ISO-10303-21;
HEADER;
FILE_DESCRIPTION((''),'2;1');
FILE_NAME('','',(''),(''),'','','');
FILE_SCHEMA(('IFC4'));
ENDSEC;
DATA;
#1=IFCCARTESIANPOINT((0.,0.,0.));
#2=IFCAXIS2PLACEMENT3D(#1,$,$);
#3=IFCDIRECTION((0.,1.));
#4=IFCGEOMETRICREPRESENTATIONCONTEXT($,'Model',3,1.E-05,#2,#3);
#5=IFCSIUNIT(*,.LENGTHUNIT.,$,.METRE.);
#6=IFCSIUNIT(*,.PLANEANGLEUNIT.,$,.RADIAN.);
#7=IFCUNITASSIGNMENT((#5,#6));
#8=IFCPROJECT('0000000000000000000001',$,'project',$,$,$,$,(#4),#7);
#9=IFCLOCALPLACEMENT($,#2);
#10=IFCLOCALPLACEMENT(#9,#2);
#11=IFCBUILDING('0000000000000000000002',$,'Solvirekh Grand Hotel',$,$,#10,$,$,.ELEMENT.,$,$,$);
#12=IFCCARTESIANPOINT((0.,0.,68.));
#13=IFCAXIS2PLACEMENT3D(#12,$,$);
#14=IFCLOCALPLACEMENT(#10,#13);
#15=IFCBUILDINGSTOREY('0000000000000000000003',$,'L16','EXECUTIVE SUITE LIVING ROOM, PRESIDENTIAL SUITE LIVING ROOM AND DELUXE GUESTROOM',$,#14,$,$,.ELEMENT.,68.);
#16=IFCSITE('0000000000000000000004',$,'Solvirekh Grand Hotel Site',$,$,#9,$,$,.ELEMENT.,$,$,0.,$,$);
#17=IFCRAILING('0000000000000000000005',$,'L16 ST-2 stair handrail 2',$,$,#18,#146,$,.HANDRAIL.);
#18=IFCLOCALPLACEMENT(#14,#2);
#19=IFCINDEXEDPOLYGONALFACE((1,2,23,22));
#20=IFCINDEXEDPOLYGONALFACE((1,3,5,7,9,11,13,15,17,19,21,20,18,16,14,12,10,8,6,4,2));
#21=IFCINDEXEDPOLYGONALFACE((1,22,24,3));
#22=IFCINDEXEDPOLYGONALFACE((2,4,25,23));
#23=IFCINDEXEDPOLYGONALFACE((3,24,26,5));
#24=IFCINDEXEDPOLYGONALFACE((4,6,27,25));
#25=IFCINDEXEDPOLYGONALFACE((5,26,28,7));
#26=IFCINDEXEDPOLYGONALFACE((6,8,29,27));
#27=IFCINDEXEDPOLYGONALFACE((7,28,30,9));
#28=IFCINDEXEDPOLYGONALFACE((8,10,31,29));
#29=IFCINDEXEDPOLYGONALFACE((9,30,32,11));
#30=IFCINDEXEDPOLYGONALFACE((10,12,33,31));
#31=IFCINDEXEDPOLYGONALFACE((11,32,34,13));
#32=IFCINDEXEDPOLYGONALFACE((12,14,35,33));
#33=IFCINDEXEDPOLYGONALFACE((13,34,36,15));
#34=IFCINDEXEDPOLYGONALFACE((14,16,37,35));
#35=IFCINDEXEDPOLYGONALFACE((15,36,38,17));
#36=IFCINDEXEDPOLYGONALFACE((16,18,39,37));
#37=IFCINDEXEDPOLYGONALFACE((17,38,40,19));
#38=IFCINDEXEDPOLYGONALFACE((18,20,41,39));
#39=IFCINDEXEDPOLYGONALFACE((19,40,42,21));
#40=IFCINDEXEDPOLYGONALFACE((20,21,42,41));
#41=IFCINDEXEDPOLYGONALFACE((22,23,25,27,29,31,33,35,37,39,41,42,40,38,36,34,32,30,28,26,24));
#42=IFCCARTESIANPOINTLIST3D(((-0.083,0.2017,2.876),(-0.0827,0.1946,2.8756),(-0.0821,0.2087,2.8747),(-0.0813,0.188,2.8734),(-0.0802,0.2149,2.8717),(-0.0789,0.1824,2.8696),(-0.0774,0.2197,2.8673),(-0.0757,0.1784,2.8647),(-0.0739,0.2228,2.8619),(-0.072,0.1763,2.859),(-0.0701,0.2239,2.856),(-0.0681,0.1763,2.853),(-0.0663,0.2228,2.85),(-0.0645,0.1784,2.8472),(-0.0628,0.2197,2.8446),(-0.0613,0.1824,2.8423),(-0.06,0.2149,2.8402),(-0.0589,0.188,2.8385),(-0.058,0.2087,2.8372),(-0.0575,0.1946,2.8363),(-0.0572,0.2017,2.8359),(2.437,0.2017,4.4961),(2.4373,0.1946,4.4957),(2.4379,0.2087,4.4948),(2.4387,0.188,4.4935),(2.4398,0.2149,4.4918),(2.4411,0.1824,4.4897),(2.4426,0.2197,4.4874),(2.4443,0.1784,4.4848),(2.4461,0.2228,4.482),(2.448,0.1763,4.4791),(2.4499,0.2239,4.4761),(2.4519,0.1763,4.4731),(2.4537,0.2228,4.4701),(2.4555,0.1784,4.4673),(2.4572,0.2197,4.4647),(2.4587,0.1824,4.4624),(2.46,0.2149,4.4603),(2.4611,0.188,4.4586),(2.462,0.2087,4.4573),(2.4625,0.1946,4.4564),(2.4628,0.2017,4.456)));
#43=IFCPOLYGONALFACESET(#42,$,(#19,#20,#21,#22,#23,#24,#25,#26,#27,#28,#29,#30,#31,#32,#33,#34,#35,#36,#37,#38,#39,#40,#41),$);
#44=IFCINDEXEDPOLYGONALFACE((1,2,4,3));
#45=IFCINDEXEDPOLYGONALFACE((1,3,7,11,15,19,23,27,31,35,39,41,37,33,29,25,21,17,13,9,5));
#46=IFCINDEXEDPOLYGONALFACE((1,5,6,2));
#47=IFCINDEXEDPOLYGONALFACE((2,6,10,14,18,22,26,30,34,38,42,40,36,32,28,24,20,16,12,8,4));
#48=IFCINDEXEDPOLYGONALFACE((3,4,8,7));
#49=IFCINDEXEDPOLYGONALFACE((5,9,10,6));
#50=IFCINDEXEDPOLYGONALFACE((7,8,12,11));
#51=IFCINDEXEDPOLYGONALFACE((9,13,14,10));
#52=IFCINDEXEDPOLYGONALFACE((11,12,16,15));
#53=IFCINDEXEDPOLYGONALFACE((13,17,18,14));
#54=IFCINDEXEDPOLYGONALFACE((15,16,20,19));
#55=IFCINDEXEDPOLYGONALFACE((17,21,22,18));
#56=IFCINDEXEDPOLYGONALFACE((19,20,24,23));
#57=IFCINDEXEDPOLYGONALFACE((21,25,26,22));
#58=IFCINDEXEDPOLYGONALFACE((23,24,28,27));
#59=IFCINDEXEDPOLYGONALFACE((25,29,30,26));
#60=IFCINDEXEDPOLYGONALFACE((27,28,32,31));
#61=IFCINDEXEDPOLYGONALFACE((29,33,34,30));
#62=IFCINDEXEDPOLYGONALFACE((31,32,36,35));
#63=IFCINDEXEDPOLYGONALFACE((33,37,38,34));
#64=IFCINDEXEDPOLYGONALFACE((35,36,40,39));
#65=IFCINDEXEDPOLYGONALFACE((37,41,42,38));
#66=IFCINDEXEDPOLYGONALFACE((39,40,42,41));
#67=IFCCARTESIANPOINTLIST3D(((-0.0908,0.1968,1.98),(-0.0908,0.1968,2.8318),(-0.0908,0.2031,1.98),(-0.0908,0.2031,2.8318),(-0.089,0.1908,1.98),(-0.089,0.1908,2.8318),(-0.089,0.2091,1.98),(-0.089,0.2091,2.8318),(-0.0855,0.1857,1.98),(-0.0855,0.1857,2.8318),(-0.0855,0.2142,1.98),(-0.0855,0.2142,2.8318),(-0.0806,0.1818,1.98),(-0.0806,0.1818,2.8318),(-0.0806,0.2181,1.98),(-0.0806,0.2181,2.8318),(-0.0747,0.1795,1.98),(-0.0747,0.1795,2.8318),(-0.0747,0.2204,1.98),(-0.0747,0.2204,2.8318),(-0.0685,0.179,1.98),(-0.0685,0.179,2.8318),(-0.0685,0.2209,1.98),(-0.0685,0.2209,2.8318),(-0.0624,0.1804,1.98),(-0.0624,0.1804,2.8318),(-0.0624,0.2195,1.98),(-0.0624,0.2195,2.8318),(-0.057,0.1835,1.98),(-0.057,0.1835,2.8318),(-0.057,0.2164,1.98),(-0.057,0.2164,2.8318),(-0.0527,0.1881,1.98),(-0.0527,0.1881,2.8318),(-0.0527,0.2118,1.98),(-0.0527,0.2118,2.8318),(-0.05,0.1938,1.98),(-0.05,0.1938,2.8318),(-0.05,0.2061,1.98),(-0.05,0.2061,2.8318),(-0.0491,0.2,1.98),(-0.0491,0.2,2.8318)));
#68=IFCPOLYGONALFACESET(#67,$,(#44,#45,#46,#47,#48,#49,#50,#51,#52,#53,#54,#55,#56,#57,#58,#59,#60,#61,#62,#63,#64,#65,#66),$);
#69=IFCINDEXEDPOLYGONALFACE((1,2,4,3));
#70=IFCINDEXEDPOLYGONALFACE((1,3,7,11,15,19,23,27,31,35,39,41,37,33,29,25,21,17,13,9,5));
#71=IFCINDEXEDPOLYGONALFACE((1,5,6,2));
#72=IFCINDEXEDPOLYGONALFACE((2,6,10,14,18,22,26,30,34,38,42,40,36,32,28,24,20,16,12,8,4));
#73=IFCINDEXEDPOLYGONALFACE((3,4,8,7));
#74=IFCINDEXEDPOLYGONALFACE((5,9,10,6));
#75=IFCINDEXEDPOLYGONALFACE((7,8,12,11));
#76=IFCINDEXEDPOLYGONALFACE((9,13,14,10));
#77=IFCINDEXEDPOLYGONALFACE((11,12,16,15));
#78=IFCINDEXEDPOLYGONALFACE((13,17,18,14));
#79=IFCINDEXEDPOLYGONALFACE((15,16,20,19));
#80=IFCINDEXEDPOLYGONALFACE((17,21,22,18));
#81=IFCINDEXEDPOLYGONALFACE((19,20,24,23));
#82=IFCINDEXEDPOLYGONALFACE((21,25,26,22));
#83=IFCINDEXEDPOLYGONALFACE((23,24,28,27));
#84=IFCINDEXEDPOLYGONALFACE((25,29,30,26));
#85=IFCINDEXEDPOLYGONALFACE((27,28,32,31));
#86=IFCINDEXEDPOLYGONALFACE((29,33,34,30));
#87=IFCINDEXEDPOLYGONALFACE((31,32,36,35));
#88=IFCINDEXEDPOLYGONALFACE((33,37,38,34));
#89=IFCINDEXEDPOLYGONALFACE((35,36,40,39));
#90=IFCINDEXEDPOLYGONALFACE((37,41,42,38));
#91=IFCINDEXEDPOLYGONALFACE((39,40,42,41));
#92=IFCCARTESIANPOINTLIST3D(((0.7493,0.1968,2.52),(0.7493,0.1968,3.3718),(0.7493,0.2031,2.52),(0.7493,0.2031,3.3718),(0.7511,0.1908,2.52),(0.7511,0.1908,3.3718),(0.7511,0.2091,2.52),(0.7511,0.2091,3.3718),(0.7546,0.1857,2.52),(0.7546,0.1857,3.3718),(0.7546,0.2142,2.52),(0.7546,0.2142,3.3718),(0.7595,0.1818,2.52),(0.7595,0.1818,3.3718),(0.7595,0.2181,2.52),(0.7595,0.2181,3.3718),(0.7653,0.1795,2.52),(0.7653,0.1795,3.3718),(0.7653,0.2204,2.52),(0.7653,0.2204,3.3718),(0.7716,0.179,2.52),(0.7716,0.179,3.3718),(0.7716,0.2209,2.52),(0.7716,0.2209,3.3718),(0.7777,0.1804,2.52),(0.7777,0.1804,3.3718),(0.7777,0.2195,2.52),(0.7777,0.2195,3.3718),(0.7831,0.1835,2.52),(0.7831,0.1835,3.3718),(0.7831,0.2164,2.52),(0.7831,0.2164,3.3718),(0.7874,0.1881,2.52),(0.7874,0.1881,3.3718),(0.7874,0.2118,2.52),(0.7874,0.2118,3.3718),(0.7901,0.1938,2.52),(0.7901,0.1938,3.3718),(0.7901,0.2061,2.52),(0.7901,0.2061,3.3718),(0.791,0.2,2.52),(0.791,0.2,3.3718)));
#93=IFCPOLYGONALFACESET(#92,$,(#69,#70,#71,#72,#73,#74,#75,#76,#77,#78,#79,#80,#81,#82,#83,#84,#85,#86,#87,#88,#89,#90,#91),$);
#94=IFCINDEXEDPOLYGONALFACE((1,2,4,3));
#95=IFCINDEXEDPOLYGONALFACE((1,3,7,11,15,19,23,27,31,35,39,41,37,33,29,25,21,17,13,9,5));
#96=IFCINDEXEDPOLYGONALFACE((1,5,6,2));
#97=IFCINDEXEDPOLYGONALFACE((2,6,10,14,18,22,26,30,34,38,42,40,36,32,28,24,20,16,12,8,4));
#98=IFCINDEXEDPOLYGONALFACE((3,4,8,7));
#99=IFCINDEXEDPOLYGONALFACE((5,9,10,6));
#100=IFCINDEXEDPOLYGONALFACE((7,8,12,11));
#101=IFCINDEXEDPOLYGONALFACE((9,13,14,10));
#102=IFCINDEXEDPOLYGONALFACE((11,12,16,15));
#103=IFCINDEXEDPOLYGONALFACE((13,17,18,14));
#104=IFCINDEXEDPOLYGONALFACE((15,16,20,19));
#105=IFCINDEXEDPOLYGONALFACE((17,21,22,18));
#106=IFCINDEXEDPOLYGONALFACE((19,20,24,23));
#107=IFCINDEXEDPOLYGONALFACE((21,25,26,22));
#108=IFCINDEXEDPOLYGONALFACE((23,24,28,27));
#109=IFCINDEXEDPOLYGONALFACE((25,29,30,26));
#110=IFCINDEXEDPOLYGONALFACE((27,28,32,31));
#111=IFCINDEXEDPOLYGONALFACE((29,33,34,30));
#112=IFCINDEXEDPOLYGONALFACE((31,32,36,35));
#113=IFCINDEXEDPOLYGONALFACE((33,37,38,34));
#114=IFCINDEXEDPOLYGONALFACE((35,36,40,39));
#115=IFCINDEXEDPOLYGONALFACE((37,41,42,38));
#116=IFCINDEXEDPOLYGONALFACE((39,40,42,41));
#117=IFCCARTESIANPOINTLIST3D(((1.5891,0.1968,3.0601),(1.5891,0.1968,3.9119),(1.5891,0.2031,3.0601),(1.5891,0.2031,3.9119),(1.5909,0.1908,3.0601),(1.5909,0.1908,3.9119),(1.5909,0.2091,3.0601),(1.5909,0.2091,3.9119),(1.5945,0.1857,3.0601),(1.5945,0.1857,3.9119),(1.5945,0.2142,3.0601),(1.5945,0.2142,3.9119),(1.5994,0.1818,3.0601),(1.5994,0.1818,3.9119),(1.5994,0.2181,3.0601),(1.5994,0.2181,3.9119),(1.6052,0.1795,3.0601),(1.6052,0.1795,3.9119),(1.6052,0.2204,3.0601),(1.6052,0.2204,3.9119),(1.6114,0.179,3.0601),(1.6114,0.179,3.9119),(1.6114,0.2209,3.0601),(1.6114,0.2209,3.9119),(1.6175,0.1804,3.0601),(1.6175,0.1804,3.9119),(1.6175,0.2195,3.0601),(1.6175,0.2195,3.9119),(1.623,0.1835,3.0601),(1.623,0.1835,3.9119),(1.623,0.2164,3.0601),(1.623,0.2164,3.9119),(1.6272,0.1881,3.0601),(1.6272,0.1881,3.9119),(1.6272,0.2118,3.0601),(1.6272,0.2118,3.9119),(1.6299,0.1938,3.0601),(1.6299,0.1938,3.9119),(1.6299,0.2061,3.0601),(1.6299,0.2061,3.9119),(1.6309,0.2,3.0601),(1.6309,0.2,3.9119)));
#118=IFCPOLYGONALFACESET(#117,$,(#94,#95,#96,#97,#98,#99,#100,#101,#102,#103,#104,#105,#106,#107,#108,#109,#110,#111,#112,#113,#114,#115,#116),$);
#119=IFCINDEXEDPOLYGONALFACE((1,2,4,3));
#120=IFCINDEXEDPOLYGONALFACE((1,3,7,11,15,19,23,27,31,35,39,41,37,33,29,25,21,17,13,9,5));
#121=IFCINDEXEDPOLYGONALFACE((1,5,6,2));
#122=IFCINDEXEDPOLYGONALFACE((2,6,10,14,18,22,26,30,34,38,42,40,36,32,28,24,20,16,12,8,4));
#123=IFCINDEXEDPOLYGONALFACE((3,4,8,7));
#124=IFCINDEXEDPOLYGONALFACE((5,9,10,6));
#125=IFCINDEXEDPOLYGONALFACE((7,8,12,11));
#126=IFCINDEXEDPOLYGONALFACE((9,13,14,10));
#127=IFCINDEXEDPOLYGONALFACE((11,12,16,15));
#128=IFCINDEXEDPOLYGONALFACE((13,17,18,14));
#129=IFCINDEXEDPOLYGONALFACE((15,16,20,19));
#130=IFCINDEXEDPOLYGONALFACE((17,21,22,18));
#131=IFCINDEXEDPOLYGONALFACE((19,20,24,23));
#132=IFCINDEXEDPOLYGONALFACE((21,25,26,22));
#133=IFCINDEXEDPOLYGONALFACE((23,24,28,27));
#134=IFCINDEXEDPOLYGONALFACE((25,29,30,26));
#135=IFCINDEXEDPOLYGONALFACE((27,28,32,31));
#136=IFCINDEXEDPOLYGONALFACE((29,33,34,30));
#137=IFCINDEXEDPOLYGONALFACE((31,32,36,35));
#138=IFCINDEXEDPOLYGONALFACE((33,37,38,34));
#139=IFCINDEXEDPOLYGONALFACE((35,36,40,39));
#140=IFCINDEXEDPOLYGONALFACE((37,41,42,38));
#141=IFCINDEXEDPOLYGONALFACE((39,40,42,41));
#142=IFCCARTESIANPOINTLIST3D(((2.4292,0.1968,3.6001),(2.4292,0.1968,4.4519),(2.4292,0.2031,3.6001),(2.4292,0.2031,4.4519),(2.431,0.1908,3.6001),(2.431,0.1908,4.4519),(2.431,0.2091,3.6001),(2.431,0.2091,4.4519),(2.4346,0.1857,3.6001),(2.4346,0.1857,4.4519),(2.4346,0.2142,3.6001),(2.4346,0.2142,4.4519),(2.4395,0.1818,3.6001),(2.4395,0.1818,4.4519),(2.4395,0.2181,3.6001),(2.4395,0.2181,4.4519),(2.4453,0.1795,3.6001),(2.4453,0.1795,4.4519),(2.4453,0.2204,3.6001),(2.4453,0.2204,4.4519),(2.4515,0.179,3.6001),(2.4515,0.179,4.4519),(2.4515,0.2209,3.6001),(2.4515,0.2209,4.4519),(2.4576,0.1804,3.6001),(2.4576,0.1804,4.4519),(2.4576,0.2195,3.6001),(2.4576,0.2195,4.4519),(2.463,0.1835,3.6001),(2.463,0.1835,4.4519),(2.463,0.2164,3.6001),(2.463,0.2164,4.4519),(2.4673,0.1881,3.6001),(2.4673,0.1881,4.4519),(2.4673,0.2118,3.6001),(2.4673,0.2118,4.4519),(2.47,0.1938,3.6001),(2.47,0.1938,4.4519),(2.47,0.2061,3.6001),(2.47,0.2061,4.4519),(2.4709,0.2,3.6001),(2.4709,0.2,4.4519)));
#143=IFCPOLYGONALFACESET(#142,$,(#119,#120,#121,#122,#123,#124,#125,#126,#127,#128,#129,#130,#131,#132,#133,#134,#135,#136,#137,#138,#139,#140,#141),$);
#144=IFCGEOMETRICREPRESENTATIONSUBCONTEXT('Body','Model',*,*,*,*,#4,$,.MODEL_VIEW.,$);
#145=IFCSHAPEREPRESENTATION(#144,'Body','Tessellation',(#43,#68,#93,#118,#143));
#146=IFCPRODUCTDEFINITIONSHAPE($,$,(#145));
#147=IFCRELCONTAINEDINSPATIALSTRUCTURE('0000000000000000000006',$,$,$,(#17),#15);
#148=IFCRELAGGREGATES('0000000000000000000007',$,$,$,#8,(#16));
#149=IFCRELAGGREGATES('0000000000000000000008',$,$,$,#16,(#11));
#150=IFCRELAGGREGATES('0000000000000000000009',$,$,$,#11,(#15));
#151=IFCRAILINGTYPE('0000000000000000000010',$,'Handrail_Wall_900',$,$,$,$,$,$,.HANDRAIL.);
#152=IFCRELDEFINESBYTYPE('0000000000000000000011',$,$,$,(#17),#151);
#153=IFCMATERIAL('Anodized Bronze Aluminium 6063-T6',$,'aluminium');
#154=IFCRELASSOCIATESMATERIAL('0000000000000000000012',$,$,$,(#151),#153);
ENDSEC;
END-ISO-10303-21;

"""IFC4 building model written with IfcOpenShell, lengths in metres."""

from ifc_helpers import new_model, si_unit, direction, frame, origin, origin_2d, place, context, subcontext, project, spatial, circle, extrude, material, type_object, element, save


model = new_model("IFC4")

# Units and contexts
model_context = context("Model", 3, precision=1e-05, world=origin(), true_north=direction((0.0, 1.0)))
body_context = subcontext(model_context, "Body", "Model", "MODEL_VIEW")
ifc_project = project(units=[si_unit("LENGTHUNIT", "METRE"), si_unit("PLANEANGLEUNIT", "RADIAN")], contexts=[model_context])

# Site, building, storey
site_placement = place(None, origin())
site = spatial("IfcSite", under=ifc_project, at=site_placement, Name="Solvirekh Grand Hotel Site", CompositionType="ELEMENT", RefElevation=0.0)
building_placement = place(site_placement, origin())
building = spatial("IfcBuilding", under=site, at=building_placement, Name="Solvirekh Grand Hotel", CompositionType="ELEMENT")
storey_placement = place(building_placement, frame((0.0, 0.0, 68.0)))
storey = spatial("IfcBuildingStorey", under=building, at=storey_placement, Name="L16", Description="EXECUTIVE SUITE LIVING ROOM, PRESIDENTIAL SUITE LIVING ROOM AND DELUXE GUESTROOM", CompositionType="ELEMENT", Elevation=68.0)

# Railing
ifc_material_1 = material(Name="Anodized Bronze Aluminium 6063-T6", Category="aluminium")
railing_type_1 = type_object("IfcRailingType", Name="Handrail_Wall_900", PredefinedType="HANDRAIL", material=ifc_material_1)
railing_1_placement = place(storey_placement, frame((-0.0701, 0.2, 1.98)))
element("IfcRailing", 1, at=railing_1_placement, inside=storey, type_object=railing_type_1, Name="L16 ST-2 stair handrail 2", PredefinedType="HANDRAIL", context=body_context, shape_type="SweptSolid", body=[
    extrude(circle(Radius=0.0239, at=origin_2d()), frame((0.0, 0.0, 0.876), z_axis=(0.841163, 0.0, 0.540782), x_axis=(0.0, 1.0, 0.0)), (0.0, 0.0, 1.0), 2.9958),
    extrude(circle(Radius=0.021, at=origin_2d()), origin(), (0.0, 0.0, 1.0), 0.8518),
    extrude(circle(Radius=0.021, at=origin_2d()), frame((0.8401, 0.0, 0.54)), (0.0, 0.0, 1.0), 0.8518),
    extrude(circle(Radius=0.021, at=origin_2d()), frame((1.6799, 0.0, 1.0801)), (0.0, 0.0, 1.0), 0.8518),
    extrude(circle(Radius=0.021, at=origin_2d()), frame((2.52, 0.0, 1.6201)), (0.0, 0.0, 1.0), 0.8518),
])

save(model, "model.ifc")
